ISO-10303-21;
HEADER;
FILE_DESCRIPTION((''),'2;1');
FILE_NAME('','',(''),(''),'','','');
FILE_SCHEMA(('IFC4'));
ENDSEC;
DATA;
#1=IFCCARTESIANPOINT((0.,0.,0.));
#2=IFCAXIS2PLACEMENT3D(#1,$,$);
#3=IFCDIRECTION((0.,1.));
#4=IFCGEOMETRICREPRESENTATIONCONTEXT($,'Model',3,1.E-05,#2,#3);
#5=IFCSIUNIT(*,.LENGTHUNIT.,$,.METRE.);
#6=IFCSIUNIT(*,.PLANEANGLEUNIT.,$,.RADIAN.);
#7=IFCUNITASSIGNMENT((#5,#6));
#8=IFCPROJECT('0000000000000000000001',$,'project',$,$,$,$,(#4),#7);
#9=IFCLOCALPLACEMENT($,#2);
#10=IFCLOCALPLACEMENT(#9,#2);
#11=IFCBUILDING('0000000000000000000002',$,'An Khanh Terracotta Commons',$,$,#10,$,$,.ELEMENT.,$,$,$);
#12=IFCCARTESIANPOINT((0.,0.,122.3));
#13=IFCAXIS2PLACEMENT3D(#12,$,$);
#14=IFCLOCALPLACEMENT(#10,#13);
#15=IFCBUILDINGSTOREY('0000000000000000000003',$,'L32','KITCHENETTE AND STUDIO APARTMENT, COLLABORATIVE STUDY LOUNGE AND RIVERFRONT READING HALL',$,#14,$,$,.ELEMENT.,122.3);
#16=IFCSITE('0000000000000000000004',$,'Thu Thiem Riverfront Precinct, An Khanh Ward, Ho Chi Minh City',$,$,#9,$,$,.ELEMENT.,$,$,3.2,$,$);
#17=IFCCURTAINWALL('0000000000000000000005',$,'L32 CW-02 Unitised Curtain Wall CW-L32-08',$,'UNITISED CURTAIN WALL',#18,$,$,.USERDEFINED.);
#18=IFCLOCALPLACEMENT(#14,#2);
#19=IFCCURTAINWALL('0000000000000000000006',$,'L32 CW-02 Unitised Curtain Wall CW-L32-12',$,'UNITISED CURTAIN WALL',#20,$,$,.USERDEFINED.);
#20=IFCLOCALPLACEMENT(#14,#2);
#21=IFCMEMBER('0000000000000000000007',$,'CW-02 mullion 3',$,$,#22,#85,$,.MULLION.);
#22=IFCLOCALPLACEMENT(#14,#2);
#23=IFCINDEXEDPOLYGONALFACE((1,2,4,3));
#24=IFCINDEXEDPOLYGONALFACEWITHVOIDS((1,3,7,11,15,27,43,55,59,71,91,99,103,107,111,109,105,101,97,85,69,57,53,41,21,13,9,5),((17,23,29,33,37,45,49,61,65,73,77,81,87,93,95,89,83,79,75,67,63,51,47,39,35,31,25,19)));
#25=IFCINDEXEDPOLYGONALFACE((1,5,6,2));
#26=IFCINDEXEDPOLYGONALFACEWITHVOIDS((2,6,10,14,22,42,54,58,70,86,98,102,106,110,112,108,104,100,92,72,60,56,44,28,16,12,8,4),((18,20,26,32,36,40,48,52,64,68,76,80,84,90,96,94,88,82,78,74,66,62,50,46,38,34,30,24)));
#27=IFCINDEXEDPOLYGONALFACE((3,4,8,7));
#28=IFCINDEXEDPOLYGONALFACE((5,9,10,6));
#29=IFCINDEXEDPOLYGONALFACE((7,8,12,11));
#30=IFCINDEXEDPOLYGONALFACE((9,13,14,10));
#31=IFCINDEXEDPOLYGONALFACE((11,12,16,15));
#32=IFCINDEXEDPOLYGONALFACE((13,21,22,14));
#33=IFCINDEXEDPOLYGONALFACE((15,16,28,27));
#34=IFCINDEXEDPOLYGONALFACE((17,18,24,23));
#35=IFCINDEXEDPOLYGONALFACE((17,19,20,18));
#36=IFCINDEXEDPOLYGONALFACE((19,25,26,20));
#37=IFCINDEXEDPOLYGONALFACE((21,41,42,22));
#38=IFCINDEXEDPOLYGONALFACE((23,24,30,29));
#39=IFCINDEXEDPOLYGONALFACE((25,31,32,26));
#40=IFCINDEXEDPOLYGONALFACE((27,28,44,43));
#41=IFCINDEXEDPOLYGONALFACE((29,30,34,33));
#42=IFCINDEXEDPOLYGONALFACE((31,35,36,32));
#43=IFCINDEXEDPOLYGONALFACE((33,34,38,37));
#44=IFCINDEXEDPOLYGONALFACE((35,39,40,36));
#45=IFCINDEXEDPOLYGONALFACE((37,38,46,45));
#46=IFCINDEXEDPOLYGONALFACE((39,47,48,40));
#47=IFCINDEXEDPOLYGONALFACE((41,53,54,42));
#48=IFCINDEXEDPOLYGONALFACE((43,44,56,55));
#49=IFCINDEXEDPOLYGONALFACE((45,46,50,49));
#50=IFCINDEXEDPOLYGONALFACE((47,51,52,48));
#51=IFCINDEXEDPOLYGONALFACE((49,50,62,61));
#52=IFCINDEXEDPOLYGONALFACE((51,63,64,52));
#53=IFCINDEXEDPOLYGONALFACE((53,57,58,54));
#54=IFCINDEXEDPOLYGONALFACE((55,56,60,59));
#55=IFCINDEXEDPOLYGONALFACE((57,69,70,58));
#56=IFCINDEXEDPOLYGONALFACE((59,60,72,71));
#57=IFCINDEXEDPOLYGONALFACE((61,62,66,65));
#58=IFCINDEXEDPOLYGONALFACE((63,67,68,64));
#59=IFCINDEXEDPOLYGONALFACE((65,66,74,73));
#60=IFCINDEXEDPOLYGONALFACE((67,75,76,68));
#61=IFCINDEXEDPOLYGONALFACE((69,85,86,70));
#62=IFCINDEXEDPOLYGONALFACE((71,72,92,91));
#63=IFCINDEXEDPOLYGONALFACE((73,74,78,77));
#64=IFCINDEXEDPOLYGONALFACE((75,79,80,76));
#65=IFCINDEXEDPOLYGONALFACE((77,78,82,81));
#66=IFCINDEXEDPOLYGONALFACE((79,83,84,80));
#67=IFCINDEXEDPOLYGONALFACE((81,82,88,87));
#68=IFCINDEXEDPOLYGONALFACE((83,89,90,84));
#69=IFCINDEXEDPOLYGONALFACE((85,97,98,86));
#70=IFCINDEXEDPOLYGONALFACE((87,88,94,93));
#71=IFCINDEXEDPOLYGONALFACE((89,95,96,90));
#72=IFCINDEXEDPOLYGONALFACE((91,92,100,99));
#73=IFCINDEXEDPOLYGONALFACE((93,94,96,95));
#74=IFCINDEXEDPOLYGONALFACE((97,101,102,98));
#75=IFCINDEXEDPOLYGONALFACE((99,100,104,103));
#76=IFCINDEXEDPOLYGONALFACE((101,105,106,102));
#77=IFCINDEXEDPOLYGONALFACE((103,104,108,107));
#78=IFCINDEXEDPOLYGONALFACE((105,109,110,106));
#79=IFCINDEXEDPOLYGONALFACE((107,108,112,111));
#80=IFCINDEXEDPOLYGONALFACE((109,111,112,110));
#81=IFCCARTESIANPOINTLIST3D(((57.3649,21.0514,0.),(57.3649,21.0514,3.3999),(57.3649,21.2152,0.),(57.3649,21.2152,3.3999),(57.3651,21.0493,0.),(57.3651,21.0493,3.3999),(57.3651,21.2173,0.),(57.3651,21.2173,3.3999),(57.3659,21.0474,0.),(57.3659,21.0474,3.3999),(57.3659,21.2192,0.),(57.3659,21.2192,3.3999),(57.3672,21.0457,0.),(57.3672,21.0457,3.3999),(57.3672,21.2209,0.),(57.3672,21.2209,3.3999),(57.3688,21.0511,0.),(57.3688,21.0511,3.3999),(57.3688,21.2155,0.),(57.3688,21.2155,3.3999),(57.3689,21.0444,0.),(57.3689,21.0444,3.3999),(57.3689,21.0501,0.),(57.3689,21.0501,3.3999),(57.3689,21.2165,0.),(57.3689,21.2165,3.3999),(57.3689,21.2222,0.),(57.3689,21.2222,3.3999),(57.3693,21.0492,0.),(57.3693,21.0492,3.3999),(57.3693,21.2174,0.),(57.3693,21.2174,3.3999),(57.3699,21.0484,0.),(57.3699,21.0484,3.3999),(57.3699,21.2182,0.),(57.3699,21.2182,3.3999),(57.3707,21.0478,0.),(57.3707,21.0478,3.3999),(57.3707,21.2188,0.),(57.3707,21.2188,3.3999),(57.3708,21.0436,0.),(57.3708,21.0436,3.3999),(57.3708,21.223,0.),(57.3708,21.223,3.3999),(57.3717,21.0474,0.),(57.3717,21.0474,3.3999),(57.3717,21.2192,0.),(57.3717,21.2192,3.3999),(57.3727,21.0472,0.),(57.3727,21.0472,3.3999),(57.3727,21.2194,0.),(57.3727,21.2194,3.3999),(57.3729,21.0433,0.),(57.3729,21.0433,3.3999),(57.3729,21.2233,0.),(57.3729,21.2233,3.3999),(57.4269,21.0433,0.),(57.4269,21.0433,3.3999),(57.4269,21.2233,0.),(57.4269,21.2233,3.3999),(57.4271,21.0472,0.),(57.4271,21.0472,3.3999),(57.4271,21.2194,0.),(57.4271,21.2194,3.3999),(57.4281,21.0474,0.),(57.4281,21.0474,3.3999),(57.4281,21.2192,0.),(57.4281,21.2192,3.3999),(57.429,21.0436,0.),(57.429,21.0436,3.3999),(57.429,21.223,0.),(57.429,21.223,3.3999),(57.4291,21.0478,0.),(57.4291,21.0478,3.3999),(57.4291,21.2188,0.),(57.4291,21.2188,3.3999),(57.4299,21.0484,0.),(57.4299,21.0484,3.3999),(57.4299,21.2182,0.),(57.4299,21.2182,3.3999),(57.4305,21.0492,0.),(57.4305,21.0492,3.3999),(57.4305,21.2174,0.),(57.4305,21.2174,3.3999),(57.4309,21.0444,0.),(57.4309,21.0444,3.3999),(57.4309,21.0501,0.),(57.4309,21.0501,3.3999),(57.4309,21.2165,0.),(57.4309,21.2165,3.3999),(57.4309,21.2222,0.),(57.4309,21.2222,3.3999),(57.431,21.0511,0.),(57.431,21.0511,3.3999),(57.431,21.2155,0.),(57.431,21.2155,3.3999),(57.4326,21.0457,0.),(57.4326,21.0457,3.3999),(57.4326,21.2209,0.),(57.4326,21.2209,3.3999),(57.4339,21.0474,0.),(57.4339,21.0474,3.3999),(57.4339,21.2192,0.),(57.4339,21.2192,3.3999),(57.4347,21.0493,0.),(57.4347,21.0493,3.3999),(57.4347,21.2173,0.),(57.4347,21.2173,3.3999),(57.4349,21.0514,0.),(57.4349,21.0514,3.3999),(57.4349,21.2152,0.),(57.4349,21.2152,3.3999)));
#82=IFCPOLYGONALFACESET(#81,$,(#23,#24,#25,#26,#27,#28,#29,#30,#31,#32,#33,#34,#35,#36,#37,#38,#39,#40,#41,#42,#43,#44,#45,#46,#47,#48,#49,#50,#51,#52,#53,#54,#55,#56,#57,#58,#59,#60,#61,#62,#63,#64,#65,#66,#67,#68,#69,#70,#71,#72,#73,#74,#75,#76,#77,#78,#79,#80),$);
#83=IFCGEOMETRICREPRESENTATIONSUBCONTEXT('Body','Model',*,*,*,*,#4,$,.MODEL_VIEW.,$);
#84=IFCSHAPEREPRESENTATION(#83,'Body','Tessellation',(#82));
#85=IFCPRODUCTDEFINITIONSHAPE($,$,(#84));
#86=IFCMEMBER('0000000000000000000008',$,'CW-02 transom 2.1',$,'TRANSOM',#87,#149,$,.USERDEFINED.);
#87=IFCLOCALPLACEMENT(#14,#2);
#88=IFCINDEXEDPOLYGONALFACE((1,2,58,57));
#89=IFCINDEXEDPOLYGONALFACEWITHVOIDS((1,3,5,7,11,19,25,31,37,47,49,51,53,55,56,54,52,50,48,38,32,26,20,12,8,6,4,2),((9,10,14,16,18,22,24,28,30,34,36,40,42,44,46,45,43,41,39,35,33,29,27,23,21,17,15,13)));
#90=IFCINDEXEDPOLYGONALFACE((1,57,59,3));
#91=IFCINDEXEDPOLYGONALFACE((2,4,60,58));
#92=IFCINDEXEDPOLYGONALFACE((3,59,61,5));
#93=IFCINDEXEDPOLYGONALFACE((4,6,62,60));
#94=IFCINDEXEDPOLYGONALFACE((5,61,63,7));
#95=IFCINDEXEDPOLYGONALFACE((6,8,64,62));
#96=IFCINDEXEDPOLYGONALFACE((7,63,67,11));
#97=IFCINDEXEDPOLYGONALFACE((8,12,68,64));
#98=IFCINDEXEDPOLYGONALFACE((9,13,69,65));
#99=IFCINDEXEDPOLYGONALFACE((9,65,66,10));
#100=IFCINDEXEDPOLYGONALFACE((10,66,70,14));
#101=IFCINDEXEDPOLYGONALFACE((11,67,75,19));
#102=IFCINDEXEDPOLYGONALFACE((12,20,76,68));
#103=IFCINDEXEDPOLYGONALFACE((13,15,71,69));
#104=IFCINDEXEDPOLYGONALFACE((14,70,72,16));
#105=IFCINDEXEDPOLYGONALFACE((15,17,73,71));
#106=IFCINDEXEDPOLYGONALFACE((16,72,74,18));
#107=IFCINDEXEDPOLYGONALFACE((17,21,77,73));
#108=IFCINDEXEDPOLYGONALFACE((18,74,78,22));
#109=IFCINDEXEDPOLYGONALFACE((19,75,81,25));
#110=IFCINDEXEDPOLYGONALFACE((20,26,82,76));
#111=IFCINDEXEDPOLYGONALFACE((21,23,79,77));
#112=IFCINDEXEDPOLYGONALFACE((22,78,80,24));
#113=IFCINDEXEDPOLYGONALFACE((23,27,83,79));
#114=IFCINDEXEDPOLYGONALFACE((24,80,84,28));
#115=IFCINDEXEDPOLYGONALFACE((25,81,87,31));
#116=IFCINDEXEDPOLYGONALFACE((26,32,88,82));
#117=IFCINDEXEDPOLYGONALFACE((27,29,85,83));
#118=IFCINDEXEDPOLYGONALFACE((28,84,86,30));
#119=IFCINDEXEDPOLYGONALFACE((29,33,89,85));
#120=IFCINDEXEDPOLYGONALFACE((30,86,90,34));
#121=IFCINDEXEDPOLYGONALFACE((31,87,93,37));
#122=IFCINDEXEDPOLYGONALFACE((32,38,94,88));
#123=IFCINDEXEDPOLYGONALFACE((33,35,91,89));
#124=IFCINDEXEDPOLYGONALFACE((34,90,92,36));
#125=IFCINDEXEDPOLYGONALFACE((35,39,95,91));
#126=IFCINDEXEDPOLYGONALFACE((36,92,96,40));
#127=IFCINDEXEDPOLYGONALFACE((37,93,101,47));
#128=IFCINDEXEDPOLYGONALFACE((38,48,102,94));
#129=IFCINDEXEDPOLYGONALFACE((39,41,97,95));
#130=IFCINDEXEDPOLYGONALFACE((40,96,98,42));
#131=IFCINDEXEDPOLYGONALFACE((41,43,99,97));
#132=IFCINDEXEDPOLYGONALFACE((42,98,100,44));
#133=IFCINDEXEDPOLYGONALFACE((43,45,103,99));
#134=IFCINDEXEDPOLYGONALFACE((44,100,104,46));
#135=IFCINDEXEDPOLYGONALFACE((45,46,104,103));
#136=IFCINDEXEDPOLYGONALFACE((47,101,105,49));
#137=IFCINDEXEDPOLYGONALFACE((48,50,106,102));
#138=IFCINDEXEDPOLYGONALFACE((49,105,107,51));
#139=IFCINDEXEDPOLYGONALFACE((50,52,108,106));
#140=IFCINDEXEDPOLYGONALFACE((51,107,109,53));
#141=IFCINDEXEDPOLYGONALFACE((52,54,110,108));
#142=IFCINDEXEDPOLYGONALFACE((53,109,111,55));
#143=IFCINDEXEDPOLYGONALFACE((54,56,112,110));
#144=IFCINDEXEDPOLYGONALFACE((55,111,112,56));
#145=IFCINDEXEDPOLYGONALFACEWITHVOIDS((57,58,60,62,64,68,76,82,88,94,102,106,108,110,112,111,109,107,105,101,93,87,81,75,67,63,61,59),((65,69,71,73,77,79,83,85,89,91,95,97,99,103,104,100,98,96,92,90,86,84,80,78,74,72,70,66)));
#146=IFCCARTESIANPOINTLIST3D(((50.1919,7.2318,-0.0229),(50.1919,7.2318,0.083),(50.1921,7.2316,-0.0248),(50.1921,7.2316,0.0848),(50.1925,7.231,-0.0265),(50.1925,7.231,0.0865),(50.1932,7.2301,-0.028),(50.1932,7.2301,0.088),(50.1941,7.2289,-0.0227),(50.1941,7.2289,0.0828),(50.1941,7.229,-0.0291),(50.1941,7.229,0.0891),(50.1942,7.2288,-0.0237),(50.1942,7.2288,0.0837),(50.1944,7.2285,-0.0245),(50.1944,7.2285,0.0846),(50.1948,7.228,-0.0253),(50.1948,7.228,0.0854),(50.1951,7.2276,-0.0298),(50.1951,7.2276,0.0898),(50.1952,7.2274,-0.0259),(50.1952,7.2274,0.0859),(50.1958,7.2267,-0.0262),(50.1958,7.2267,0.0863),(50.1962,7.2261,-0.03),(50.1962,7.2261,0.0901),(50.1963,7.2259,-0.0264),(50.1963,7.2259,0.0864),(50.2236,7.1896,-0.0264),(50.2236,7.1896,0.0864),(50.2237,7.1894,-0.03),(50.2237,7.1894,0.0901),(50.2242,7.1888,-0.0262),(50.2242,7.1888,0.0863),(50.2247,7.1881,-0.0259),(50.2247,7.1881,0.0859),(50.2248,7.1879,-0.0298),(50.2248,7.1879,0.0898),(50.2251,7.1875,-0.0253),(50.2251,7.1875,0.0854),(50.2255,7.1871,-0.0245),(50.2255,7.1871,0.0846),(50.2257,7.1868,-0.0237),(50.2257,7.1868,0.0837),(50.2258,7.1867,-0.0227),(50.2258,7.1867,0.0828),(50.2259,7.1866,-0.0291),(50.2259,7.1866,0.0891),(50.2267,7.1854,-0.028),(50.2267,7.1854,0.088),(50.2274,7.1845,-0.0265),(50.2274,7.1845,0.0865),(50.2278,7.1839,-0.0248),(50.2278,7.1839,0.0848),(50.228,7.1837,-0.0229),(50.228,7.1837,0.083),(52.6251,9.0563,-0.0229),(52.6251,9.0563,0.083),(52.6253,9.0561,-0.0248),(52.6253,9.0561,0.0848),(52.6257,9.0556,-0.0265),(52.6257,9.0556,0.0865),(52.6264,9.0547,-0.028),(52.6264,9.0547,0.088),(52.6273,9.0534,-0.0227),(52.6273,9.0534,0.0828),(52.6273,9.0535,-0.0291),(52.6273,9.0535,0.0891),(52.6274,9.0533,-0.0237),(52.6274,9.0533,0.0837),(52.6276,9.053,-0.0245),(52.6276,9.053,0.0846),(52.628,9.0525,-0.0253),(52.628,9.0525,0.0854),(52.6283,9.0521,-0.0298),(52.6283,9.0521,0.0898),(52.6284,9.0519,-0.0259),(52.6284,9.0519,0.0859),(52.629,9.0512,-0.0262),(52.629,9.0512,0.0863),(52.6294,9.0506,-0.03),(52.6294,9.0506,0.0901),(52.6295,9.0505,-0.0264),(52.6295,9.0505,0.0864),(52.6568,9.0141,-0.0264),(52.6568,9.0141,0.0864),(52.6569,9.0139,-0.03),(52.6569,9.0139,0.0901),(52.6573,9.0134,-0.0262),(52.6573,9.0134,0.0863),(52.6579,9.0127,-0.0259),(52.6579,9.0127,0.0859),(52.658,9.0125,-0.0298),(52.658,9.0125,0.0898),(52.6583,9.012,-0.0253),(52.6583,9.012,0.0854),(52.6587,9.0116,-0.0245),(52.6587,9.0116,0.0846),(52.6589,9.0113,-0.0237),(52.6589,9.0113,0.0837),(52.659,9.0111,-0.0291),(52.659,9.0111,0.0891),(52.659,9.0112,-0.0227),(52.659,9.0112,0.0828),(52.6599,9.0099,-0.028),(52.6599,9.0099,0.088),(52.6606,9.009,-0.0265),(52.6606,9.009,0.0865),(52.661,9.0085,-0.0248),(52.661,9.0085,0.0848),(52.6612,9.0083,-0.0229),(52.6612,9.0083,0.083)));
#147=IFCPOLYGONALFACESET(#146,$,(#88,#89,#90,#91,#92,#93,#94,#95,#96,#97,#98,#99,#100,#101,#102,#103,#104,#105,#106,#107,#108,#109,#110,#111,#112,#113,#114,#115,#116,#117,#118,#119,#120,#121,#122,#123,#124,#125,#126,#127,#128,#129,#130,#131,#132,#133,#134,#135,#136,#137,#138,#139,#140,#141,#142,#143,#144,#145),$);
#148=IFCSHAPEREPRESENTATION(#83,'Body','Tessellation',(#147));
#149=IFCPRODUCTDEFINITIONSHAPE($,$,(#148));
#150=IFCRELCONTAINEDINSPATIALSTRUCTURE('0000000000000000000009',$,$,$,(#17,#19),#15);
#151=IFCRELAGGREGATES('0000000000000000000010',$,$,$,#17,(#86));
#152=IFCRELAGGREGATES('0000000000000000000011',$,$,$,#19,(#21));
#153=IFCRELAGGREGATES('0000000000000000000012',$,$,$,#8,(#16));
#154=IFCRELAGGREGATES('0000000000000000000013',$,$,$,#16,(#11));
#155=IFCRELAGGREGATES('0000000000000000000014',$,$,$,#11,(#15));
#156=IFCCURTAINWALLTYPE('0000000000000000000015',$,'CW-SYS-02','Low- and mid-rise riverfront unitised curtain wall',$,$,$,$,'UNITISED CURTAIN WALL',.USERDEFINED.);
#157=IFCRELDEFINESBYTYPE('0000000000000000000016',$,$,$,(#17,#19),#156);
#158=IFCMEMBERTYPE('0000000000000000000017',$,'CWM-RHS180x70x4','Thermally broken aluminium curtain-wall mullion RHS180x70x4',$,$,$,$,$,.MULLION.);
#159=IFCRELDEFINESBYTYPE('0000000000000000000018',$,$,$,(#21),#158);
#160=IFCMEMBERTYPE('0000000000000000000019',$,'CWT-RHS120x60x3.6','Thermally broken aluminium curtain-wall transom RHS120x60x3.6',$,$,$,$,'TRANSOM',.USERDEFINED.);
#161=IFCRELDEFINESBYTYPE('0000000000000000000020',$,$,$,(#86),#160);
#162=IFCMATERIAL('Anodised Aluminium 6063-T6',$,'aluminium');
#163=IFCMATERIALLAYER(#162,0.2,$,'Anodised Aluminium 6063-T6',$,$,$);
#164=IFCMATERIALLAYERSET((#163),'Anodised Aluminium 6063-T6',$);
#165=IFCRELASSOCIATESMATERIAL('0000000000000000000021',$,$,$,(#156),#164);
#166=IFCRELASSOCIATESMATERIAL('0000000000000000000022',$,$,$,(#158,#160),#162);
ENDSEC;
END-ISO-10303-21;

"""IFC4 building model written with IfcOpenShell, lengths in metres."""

from ifc_helpers import new_model, si_unit, direction, frame, origin, origin_2d, place, context, subcontext, project, spatial, hollow_rectangle, extrude, material, layer, layer_set, material_profile, profile_set, type_object, element, aggregate, save


model = new_model("IFC4")

# Units and contexts
model_context = context("Model", 3, precision=1e-05, world=origin(), true_north=direction((0.0, 1.0)))
body_context = subcontext(model_context, "Body", "Model", "MODEL_VIEW")
ifc_project = project(units=[si_unit("LENGTHUNIT", "METRE"), si_unit("PLANEANGLEUNIT", "RADIAN")], contexts=[model_context])

# Site, building, storey
site_placement = place(None, origin())
site = spatial("IfcSite", under=ifc_project, at=site_placement, Name="Thu Thiem Riverfront Precinct, An Khanh Ward, Ho Chi Minh City", CompositionType="ELEMENT", RefElevation=3.2)
building_placement = place(site_placement, origin())
building = spatial("IfcBuilding", under=site, at=building_placement, Name="An Khanh Terracotta Commons", CompositionType="ELEMENT")
storey_placement = place(building_placement, frame((0.0, 0.0, 122.3)))
storey = spatial("IfcBuildingStorey", under=building, at=storey_placement, Name="L32", Description="KITCHENETTE AND STUDIO APARTMENT, COLLABORATIVE STUDY LOUNGE AND RIVERFRONT READING HALL", CompositionType="ELEMENT", Elevation=122.3)

# Curtain walls, member
ifc_material_1 = material(Name="Anodised Aluminium 6063-T6", Category="aluminium")
ifc_layer_1 = layer(ifc_material_1, 0.2, Name="Anodised Aluminium 6063-T6")
ifc_layer_set_1 = layer_set([ifc_layer_1], Name="Anodised Aluminium 6063-T6")
curtain_wall_type = type_object("IfcCurtainWallType", Name="CW-SYS-02", Description="Low- and mid-rise riverfront unitised curtain wall", ElementType="UNITISED CURTAIN WALL", PredefinedType="USERDEFINED", material=ifc_layer_set_1)
curtain_wall_1_placement = place(storey_placement, origin())
curtain_wall_1 = element("IfcCurtainWall", 1, at=curtain_wall_1_placement, inside=storey, type_object=curtain_wall_type, Name="L32 CW-02 Unitised Curtain Wall CW-L32-08", ObjectType="UNITISED CURTAIN WALL", PredefinedType="USERDEFINED")
ifc_material_profile_1 = material_profile(ifc_material_1, hollow_rectangle(XDim=0.0701, YDim=0.1799, WallThickness=0.0039, InnerFilletRadius=0.0039, OuterFilletRadius=0.0081, at=origin_2d()), Name="RHS180x70x4")
ifc_profile_set_1 = profile_set([ifc_material_profile_1], Name="Anodised Aluminium 6063-T6")
member_type_1 = type_object("IfcMemberType", Name="CWM-RHS180x70x4", Description="Thermally broken aluminium curtain-wall mullion RHS180x70x4", PredefinedType="MULLION", material=ifc_profile_set_1)
curtain_wall_2_placement = place(storey_placement, origin())
curtain_wall_2 = element("IfcCurtainWall", 2, at=curtain_wall_2_placement, inside=storey, type_object=curtain_wall_type, Name="L32 CW-02 Unitised Curtain Wall CW-L32-12", ObjectType="UNITISED CURTAIN WALL", PredefinedType="USERDEFINED")
member_1_placement = place(storey_placement, frame((57.3999, 21.1333, 0.0), z_axis=(0.0, 0.0, 1.0), x_axis=(-1.0, 0.0, 0.0)))
member_1 = element("IfcMember", 3, at=member_1_placement, type_object=member_type_1, Name="CW-02 mullion 3", PredefinedType="MULLION", context=body_context, shape_type="SweptSolid", body=[
    extrude(hollow_rectangle(XDim=0.0701, YDim=0.1799, WallThickness=0.0039, InnerFilletRadius=0.0039, OuterFilletRadius=0.0081, at=origin_2d()), origin(), (0.0, 0.0, 1.0), 3.3999),
])

# Member
ifc_material_profile_2 = material_profile(ifc_material_1, hollow_rectangle(XDim=0.0601, YDim=0.1201, WallThickness=0.0037, InnerFilletRadius=0.0037, OuterFilletRadius=0.0071, at=origin_2d()), Name="RHS120x60x3.6")
ifc_profile_set_2 = profile_set([ifc_material_profile_2], Name="Anodised Aluminium 6063-T6")
member_type_2 = type_object("IfcMemberType", Name="CWT-RHS120x60x3.6", Description="Thermally broken aluminium curtain-wall transom RHS120x60x3.6", ElementType="TRANSOM", PredefinedType="USERDEFINED", material=ifc_profile_set_2)
member_2_placement = place(storey_placement, frame((50.21, 7.2078, 0.03), z_axis=(0.800058, 0.599923, 0.0), x_axis=(-0.599923, 0.800058, 0.0)))
member_2 = element("IfcMember", 4, at=member_2_placement, type_object=member_type_2, Name="CW-02 transom 2.1", ObjectType="TRANSOM", PredefinedType="USERDEFINED", context=body_context, shape_type="SweptSolid", body=[
    extrude(hollow_rectangle(XDim=0.0601, YDim=0.1201, WallThickness=0.0037, InnerFilletRadius=0.0037, OuterFilletRadius=0.0071, at=origin_2d()), origin(), (0.0, 0.0, 1.0), 3.0413),
])

aggregate(curtain_wall_1, [member_2])
aggregate(curtain_wall_2, [member_1])

save(model, "model.ifc")
